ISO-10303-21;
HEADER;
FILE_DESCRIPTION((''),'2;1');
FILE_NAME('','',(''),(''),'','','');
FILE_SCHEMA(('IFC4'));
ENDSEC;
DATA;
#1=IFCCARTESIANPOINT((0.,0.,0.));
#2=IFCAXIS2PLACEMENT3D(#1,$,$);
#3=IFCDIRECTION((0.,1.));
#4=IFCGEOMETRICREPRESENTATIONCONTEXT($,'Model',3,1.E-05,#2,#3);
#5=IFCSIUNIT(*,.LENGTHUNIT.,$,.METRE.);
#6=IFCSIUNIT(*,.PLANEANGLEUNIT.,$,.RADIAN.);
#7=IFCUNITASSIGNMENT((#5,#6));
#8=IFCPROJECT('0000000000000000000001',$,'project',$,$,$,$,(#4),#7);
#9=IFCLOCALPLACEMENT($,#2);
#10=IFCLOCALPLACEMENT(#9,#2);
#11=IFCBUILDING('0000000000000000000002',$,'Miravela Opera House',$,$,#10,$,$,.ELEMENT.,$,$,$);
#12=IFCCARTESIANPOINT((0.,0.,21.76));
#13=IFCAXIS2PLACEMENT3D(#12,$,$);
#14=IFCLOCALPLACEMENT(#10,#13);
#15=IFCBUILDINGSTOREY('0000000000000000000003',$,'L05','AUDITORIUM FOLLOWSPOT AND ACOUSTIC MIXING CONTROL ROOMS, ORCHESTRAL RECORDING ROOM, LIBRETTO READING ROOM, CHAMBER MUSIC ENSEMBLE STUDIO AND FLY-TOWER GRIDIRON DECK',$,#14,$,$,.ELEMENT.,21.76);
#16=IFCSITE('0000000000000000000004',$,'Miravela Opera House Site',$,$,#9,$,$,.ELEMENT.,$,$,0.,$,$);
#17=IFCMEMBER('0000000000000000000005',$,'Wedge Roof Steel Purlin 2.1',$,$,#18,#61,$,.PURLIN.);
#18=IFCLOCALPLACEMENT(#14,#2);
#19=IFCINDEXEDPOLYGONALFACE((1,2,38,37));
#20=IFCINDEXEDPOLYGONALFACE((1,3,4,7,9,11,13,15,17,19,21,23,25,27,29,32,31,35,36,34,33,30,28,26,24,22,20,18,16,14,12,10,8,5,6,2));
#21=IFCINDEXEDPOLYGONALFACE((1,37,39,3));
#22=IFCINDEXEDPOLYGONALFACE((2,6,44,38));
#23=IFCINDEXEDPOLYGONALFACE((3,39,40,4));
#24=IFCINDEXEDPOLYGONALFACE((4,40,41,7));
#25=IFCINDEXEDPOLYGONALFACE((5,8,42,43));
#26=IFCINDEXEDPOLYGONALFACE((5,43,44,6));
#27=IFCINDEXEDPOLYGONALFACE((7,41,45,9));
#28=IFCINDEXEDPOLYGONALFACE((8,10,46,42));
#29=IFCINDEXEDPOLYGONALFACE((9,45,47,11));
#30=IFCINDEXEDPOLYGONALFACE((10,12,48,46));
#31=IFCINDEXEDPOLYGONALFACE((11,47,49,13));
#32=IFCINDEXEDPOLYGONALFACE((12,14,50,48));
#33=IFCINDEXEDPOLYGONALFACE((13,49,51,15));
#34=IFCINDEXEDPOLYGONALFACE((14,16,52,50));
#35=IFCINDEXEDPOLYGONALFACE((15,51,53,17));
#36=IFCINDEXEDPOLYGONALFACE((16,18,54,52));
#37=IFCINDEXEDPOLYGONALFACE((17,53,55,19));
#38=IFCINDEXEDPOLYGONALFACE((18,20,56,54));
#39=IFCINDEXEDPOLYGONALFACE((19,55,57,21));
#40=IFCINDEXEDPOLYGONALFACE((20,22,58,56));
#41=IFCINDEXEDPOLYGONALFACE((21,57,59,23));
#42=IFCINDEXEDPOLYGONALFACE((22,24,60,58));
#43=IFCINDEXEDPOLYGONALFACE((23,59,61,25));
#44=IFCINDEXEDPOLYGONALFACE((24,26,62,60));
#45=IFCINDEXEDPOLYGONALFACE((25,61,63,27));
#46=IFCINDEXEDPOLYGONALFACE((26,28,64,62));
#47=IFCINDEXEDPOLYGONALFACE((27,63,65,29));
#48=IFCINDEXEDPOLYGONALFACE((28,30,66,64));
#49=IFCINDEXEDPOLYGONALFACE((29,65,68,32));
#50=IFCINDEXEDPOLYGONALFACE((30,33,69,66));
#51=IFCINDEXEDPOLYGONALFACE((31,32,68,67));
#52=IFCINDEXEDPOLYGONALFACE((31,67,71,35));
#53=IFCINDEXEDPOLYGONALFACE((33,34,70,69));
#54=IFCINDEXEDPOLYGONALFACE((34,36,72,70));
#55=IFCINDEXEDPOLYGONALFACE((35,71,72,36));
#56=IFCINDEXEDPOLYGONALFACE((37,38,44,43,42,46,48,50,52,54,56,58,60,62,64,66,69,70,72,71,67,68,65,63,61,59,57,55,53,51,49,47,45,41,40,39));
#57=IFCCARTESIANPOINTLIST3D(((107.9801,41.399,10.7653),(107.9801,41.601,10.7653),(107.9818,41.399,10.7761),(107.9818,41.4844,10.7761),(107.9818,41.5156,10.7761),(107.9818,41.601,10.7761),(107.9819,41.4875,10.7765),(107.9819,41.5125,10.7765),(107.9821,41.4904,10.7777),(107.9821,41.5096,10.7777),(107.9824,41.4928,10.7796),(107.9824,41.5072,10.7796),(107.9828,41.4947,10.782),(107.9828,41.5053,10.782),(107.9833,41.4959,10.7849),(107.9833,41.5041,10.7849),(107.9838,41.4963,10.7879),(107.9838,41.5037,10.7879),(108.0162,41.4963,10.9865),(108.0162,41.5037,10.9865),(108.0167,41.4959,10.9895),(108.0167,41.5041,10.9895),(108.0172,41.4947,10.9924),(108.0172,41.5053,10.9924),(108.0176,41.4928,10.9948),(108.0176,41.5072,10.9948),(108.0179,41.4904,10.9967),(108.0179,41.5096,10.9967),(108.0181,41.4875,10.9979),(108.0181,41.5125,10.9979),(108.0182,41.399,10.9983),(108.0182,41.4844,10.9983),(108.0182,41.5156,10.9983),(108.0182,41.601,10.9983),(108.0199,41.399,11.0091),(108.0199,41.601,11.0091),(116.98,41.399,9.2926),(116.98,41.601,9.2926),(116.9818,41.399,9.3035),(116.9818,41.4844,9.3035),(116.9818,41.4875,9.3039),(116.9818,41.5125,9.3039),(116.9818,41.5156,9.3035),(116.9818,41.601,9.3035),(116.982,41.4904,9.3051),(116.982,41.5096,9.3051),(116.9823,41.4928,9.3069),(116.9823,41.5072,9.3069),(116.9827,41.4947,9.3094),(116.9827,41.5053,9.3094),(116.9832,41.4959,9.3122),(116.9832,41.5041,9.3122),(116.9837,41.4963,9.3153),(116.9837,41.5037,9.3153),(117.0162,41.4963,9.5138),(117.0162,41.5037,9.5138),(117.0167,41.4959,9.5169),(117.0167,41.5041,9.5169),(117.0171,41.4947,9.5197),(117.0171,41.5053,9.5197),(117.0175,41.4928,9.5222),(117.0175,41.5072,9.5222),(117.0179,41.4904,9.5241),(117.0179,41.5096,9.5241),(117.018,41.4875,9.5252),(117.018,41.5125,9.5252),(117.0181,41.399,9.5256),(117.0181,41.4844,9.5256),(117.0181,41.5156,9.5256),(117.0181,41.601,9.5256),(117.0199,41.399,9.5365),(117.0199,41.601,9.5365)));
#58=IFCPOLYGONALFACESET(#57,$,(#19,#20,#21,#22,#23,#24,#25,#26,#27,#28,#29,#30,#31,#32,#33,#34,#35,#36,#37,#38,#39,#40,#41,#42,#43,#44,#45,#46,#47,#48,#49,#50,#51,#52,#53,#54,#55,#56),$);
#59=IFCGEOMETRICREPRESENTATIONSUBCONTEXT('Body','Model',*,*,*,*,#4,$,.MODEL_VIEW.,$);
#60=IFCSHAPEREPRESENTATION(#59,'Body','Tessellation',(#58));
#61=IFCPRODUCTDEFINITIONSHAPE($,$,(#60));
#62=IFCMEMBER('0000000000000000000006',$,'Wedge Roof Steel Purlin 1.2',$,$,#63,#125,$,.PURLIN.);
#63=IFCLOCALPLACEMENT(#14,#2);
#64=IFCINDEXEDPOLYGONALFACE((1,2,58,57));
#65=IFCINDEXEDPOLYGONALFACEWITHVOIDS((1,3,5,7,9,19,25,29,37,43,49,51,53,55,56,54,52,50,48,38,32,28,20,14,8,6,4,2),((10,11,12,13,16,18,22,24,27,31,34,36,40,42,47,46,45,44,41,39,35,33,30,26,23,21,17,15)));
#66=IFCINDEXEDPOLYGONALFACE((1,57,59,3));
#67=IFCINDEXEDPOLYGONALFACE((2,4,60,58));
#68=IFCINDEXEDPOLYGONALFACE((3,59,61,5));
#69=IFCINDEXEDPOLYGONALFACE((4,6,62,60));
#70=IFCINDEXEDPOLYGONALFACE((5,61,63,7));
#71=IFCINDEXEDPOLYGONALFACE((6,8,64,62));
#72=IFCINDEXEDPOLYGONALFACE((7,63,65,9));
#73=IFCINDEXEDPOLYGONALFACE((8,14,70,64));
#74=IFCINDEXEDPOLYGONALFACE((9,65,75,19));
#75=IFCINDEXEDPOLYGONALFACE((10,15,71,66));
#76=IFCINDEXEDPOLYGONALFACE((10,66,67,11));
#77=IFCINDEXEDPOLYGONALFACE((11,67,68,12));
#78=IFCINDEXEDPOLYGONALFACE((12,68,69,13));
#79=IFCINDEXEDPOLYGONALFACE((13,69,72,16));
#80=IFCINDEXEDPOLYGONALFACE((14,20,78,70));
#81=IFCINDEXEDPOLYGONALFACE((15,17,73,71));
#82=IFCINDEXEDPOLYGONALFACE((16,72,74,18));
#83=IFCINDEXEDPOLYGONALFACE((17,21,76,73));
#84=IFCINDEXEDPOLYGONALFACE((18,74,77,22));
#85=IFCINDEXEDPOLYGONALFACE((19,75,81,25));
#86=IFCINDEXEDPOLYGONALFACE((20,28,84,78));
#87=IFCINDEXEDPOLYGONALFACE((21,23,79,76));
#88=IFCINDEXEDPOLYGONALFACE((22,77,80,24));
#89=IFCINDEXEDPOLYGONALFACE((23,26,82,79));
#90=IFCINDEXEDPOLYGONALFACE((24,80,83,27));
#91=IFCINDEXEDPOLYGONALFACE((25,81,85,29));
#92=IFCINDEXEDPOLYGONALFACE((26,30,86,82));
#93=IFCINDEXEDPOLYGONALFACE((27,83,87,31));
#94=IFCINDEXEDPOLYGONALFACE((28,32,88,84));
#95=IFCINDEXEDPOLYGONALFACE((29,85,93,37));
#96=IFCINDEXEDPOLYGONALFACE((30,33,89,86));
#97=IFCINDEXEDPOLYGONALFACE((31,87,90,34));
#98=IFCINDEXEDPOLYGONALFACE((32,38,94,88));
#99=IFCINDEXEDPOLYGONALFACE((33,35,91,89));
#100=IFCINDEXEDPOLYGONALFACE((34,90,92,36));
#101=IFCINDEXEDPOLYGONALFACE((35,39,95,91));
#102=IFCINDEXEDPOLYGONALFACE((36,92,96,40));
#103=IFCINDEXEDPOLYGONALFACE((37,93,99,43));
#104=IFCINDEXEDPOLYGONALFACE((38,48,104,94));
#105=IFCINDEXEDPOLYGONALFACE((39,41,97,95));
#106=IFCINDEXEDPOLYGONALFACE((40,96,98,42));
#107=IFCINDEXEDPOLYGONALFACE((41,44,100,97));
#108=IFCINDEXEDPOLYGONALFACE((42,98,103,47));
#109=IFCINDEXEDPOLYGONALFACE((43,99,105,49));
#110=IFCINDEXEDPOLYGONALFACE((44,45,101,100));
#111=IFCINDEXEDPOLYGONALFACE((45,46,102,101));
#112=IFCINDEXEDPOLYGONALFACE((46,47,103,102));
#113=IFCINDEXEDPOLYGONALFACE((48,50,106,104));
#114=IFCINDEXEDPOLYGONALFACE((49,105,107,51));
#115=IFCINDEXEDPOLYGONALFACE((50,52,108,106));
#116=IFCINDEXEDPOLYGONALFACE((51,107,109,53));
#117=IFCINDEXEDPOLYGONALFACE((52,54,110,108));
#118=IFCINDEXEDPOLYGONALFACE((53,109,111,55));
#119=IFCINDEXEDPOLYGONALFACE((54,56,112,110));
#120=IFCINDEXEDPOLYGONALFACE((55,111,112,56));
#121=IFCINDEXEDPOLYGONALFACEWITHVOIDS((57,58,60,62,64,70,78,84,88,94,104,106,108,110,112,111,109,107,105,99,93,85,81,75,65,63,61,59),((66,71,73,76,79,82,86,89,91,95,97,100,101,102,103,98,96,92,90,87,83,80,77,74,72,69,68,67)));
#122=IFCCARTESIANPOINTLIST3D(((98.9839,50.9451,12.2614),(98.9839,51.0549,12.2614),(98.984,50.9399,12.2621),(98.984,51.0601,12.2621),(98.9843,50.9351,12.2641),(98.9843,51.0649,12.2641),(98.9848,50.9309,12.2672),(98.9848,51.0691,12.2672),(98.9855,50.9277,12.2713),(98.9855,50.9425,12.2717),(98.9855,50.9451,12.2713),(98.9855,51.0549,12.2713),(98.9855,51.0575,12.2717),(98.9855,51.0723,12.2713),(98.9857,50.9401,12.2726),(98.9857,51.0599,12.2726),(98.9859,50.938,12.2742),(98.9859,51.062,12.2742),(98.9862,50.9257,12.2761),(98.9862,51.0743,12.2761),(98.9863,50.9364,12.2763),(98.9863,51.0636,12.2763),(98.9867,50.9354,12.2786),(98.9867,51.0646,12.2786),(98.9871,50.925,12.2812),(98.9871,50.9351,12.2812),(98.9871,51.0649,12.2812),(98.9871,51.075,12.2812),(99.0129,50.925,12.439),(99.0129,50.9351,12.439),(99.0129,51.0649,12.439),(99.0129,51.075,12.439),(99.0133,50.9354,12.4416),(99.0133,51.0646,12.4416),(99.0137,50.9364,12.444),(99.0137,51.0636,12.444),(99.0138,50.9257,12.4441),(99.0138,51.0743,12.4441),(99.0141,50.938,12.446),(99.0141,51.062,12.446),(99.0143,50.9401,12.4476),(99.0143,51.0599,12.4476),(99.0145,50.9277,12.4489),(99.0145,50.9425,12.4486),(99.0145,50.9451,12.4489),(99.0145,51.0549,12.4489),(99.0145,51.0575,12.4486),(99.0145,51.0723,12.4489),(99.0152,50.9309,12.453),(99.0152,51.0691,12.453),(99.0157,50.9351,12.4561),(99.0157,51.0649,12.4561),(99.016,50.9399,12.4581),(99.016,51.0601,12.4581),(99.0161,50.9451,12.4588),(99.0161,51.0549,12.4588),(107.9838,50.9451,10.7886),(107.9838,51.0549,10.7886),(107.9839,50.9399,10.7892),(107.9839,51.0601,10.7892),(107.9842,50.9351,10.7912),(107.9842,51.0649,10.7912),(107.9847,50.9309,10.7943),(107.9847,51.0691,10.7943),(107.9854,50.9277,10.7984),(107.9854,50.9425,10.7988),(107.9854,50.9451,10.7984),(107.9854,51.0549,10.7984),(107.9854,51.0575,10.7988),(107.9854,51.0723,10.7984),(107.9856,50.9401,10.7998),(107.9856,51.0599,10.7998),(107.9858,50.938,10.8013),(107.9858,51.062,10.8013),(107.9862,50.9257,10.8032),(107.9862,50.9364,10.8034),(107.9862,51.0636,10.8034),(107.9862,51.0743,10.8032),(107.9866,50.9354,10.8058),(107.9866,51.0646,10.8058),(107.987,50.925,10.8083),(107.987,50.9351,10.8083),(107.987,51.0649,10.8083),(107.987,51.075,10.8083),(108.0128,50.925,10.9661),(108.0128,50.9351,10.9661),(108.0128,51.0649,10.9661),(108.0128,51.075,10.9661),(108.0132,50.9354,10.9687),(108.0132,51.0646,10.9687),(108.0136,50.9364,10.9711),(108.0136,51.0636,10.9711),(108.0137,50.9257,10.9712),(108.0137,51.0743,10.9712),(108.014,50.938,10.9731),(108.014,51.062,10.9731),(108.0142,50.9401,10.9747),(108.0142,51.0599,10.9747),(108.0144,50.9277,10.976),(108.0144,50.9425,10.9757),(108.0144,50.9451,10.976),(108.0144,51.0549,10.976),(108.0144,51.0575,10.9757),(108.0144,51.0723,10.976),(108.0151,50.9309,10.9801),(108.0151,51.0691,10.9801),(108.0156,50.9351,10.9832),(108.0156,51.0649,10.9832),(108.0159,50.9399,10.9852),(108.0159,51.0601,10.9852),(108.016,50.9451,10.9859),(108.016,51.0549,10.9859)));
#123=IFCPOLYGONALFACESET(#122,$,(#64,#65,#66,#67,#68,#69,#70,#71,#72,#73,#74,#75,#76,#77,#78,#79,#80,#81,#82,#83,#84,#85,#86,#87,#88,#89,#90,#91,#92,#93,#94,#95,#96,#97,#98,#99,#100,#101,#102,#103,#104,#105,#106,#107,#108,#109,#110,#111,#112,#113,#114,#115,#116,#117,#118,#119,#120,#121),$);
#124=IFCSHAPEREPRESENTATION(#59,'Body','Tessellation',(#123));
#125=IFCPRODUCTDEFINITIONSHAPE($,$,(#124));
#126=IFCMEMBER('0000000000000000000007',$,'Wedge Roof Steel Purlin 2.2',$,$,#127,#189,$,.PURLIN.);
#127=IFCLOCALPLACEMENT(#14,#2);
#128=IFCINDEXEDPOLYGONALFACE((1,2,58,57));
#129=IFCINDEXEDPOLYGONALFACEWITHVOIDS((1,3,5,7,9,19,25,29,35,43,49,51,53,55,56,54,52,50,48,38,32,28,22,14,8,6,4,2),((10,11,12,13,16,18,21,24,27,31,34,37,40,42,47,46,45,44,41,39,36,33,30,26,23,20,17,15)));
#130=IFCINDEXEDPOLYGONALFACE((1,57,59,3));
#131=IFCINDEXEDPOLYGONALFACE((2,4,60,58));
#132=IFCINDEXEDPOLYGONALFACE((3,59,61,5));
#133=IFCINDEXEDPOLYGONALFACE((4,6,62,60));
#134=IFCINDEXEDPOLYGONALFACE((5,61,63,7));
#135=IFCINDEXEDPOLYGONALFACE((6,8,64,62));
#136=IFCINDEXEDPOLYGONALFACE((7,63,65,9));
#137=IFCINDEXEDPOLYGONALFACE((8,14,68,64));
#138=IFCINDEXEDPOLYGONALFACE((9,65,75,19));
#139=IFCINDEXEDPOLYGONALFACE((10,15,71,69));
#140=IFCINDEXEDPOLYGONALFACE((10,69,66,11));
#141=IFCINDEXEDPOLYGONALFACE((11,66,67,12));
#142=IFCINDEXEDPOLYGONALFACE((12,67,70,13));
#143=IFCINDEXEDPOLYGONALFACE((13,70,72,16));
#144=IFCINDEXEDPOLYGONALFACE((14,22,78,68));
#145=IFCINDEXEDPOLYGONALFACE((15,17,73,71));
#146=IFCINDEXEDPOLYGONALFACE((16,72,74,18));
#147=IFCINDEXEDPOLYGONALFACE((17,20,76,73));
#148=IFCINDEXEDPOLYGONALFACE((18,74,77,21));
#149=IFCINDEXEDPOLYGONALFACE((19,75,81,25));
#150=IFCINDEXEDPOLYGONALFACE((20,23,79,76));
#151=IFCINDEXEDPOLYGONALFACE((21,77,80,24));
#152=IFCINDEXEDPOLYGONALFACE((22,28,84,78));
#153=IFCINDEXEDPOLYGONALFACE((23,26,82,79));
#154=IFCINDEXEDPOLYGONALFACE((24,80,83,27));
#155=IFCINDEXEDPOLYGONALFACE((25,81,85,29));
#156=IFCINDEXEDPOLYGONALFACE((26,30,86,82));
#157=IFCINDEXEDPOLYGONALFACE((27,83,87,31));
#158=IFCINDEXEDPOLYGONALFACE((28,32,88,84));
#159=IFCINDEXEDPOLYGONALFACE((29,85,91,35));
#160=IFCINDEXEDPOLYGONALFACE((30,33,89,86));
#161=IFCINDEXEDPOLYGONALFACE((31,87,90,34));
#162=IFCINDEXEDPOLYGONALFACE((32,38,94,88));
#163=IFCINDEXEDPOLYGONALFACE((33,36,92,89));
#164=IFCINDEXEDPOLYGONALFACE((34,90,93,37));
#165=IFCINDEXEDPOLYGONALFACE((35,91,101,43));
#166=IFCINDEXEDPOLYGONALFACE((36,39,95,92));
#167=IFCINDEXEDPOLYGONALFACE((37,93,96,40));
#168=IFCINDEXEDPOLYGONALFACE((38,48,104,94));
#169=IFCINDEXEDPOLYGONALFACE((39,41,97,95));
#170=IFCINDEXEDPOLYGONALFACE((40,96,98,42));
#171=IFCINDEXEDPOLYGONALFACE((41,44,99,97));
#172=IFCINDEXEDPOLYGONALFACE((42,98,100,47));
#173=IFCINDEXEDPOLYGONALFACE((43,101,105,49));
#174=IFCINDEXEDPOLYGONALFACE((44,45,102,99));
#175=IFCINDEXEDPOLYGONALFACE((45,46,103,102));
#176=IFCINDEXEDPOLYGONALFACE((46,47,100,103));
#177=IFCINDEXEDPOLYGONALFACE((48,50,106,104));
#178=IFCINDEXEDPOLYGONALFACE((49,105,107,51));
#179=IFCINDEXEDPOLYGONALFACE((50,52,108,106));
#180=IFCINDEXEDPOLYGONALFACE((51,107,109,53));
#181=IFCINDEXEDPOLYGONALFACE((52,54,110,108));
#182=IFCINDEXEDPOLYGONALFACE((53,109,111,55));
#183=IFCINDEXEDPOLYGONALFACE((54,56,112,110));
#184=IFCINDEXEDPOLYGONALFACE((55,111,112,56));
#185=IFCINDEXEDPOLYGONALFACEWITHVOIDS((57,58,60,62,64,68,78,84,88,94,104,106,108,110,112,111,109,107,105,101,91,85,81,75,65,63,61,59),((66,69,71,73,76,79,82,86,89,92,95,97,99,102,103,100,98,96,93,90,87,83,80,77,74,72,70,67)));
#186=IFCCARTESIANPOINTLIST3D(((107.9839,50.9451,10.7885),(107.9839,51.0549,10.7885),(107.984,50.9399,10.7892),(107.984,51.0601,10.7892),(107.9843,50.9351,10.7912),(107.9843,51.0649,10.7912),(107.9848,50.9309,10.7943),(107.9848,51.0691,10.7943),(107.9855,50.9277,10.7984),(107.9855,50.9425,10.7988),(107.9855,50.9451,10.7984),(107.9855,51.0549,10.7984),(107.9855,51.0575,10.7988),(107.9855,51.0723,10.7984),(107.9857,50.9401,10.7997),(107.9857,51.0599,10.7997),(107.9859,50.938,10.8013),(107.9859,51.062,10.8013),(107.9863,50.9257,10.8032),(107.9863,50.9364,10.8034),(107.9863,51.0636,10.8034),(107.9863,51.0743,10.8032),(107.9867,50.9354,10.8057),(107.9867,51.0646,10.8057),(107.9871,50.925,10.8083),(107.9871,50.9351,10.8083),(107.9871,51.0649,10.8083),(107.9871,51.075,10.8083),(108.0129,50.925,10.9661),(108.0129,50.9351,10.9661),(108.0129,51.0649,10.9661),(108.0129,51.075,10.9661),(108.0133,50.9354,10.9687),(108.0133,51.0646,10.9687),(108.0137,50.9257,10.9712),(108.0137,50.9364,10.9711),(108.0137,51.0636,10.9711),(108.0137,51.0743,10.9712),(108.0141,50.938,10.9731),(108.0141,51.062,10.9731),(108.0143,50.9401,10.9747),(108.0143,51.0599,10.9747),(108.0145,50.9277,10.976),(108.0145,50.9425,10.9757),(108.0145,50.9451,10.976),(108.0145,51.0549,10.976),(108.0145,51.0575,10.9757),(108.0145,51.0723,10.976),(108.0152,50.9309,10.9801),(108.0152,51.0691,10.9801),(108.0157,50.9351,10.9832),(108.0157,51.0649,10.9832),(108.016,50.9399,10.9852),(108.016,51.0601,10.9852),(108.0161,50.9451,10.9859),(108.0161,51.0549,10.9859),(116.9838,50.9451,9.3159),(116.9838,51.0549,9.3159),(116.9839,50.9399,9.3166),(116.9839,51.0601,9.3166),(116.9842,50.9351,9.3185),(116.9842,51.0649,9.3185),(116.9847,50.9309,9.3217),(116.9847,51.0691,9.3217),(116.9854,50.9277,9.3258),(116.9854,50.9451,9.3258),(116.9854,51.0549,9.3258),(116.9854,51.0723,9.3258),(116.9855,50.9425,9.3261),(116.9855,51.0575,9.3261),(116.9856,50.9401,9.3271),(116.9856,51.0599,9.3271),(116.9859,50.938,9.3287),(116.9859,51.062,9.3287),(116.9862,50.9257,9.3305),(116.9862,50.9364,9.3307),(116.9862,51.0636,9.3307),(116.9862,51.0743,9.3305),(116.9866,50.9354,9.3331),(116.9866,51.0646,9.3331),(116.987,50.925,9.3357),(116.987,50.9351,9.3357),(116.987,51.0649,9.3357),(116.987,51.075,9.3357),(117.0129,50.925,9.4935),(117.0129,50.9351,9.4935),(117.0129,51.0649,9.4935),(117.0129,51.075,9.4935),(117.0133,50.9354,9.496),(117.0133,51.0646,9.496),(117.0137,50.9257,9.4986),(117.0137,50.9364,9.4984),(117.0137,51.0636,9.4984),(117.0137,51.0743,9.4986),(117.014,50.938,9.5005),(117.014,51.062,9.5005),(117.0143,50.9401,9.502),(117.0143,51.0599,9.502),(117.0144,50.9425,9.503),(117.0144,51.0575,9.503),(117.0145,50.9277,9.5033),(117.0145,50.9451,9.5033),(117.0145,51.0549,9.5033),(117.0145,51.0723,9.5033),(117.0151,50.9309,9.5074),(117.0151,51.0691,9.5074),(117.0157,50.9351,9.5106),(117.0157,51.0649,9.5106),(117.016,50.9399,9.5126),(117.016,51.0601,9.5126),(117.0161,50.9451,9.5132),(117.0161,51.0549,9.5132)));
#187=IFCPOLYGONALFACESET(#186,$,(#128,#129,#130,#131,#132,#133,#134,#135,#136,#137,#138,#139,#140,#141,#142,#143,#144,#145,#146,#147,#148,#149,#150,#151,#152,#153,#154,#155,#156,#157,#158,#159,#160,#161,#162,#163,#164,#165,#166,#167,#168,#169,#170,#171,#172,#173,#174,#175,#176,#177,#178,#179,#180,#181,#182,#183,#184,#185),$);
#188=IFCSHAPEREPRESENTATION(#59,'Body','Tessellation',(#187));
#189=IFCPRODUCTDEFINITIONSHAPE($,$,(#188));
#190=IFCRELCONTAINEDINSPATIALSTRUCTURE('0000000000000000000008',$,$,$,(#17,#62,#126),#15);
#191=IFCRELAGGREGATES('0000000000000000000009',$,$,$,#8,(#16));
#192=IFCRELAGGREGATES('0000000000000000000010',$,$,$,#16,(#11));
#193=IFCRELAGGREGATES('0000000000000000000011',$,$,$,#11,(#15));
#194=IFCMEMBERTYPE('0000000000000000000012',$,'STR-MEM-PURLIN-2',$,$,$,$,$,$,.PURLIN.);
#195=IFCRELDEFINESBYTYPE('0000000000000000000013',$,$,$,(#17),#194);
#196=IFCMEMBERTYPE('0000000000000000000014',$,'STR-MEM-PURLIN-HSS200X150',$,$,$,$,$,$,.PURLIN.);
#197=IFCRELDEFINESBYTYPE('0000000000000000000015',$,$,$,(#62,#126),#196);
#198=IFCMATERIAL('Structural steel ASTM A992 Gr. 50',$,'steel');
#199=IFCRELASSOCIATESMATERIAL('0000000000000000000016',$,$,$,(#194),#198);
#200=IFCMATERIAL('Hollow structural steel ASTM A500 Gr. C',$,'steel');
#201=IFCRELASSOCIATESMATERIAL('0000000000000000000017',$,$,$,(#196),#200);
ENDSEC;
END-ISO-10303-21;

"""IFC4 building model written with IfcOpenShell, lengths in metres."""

from ifc_helpers import new_model, si_unit, direction, frame, origin, origin_2d, place, context, subcontext, project, spatial, hollow_rectangle, i_section, extrude, material, material_profile, profile_set, type_object, element, save


model = new_model("IFC4")

# Units and contexts
model_context = context("Model", 3, precision=1e-05, world=origin(), true_north=direction((0.0, 1.0)))
body_context = subcontext(model_context, "Body", "Model", "MODEL_VIEW")
ifc_project = project(units=[si_unit("LENGTHUNIT", "METRE"), si_unit("PLANEANGLEUNIT", "RADIAN")], contexts=[model_context])

# Site, building, storey
site_placement = place(None, origin())
site = spatial("IfcSite", under=ifc_project, at=site_placement, Name="Miravela Opera House Site", CompositionType="ELEMENT", RefElevation=0.0)
building_placement = place(site_placement, origin())
building = spatial("IfcBuilding", under=site, at=building_placement, Name="Miravela Opera House", CompositionType="ELEMENT")
storey_placement = place(building_placement, frame((0.0, 0.0, 21.76)))
storey = spatial("IfcBuildingStorey", under=building, at=storey_placement, Name="L05", Description="AUDITORIUM FOLLOWSPOT AND ACOUSTIC MIXING CONTROL ROOMS, ORCHESTRAL RECORDING ROOM, LIBRETTO READING ROOM, CHAMBER MUSIC ENSEMBLE STUDIO AND FLY-TOWER GRIDIRON DECK", CompositionType="ELEMENT", Elevation=21.76)

# Shared definitions
ifc_material_1 = material(Name="Structural steel ASTM A992 Gr. 50", Category="steel")

# Members
ifc_material_profile_1 = material_profile(ifc_material_1, i_section(OverallWidth=0.2019, OverallDepth=0.2471, WebThickness=0.0073, FlangeThickness=0.011, FilletRadius=0.012, at=origin_2d()), Name="W250X49")
ifc_profile_set_1 = profile_set([ifc_material_profile_1])
member_type_1 = type_object("IfcMemberType", Name="STR-MEM-PURLIN-2", PredefinedType="PURLIN", material=ifc_profile_set_1)
member_1_placement = place(storey_placement, frame((108.0, 41.5, 10.8872), z_axis=(0.986876, 0.0, -0.161481), x_axis=(0.0, 1.0, 0.0)))
element("IfcMember", 1, at=member_1_placement, inside=storey, type_object=member_type_1, Name="Wedge Roof Steel Purlin 2.1", PredefinedType="PURLIN", context=body_context, shape_type="SweptSolid", body=[
    extrude(i_section(OverallWidth=0.2019, OverallDepth=0.2471, WebThickness=0.0073, FlangeThickness=0.011, FilletRadius=0.012, at=origin_2d()), origin(), (0.0, 0.0, 1.0), 9.1196),
])
ifc_material_2 = material(Name="Hollow structural steel ASTM A500 Gr. C", Category="steel")
ifc_material_profile_2 = material_profile(ifc_material_2, hollow_rectangle(XDim=0.1499, YDim=0.2, WallThickness=0.01, InnerFilletRadius=0.01, OuterFilletRadius=0.02, at=origin_2d()), Name="HSS200X150X10")
ifc_profile_set_2 = profile_set([ifc_material_profile_2])
member_type_2 = type_object("IfcMemberType", Name="STR-MEM-PURLIN-HSS200X150", PredefinedType="PURLIN", material=ifc_profile_set_2)
for number, where, z_axis, x_axis, name in (
    (2, (99.0, 51.0, 12.3601), (0.986872, 0.0, -0.161507), (0.0, 1.0, 0.0), "Wedge Roof Steel Purlin 1.2"),
    (3, (108.0, 51.0, 10.8872), (0.986876, 0.0, -0.161481), (0.0, 1.0, 0.0), "Wedge Roof Steel Purlin 2.2"),
):
    element("IfcMember", number, at=place(storey_placement, frame(where, z_axis=z_axis, x_axis=x_axis)), inside=storey, type_object=member_type_2, Name=name, PredefinedType="PURLIN", context=body_context, shape_type="SweptSolid", body=[
        extrude(hollow_rectangle(XDim=0.1499, YDim=0.2, WallThickness=0.01, InnerFilletRadius=0.01, OuterFilletRadius=0.02, at=origin_2d()), origin(), (0.0, 0.0, 1.0), 9.1196),
    ])

save(model, "model.ifc")
